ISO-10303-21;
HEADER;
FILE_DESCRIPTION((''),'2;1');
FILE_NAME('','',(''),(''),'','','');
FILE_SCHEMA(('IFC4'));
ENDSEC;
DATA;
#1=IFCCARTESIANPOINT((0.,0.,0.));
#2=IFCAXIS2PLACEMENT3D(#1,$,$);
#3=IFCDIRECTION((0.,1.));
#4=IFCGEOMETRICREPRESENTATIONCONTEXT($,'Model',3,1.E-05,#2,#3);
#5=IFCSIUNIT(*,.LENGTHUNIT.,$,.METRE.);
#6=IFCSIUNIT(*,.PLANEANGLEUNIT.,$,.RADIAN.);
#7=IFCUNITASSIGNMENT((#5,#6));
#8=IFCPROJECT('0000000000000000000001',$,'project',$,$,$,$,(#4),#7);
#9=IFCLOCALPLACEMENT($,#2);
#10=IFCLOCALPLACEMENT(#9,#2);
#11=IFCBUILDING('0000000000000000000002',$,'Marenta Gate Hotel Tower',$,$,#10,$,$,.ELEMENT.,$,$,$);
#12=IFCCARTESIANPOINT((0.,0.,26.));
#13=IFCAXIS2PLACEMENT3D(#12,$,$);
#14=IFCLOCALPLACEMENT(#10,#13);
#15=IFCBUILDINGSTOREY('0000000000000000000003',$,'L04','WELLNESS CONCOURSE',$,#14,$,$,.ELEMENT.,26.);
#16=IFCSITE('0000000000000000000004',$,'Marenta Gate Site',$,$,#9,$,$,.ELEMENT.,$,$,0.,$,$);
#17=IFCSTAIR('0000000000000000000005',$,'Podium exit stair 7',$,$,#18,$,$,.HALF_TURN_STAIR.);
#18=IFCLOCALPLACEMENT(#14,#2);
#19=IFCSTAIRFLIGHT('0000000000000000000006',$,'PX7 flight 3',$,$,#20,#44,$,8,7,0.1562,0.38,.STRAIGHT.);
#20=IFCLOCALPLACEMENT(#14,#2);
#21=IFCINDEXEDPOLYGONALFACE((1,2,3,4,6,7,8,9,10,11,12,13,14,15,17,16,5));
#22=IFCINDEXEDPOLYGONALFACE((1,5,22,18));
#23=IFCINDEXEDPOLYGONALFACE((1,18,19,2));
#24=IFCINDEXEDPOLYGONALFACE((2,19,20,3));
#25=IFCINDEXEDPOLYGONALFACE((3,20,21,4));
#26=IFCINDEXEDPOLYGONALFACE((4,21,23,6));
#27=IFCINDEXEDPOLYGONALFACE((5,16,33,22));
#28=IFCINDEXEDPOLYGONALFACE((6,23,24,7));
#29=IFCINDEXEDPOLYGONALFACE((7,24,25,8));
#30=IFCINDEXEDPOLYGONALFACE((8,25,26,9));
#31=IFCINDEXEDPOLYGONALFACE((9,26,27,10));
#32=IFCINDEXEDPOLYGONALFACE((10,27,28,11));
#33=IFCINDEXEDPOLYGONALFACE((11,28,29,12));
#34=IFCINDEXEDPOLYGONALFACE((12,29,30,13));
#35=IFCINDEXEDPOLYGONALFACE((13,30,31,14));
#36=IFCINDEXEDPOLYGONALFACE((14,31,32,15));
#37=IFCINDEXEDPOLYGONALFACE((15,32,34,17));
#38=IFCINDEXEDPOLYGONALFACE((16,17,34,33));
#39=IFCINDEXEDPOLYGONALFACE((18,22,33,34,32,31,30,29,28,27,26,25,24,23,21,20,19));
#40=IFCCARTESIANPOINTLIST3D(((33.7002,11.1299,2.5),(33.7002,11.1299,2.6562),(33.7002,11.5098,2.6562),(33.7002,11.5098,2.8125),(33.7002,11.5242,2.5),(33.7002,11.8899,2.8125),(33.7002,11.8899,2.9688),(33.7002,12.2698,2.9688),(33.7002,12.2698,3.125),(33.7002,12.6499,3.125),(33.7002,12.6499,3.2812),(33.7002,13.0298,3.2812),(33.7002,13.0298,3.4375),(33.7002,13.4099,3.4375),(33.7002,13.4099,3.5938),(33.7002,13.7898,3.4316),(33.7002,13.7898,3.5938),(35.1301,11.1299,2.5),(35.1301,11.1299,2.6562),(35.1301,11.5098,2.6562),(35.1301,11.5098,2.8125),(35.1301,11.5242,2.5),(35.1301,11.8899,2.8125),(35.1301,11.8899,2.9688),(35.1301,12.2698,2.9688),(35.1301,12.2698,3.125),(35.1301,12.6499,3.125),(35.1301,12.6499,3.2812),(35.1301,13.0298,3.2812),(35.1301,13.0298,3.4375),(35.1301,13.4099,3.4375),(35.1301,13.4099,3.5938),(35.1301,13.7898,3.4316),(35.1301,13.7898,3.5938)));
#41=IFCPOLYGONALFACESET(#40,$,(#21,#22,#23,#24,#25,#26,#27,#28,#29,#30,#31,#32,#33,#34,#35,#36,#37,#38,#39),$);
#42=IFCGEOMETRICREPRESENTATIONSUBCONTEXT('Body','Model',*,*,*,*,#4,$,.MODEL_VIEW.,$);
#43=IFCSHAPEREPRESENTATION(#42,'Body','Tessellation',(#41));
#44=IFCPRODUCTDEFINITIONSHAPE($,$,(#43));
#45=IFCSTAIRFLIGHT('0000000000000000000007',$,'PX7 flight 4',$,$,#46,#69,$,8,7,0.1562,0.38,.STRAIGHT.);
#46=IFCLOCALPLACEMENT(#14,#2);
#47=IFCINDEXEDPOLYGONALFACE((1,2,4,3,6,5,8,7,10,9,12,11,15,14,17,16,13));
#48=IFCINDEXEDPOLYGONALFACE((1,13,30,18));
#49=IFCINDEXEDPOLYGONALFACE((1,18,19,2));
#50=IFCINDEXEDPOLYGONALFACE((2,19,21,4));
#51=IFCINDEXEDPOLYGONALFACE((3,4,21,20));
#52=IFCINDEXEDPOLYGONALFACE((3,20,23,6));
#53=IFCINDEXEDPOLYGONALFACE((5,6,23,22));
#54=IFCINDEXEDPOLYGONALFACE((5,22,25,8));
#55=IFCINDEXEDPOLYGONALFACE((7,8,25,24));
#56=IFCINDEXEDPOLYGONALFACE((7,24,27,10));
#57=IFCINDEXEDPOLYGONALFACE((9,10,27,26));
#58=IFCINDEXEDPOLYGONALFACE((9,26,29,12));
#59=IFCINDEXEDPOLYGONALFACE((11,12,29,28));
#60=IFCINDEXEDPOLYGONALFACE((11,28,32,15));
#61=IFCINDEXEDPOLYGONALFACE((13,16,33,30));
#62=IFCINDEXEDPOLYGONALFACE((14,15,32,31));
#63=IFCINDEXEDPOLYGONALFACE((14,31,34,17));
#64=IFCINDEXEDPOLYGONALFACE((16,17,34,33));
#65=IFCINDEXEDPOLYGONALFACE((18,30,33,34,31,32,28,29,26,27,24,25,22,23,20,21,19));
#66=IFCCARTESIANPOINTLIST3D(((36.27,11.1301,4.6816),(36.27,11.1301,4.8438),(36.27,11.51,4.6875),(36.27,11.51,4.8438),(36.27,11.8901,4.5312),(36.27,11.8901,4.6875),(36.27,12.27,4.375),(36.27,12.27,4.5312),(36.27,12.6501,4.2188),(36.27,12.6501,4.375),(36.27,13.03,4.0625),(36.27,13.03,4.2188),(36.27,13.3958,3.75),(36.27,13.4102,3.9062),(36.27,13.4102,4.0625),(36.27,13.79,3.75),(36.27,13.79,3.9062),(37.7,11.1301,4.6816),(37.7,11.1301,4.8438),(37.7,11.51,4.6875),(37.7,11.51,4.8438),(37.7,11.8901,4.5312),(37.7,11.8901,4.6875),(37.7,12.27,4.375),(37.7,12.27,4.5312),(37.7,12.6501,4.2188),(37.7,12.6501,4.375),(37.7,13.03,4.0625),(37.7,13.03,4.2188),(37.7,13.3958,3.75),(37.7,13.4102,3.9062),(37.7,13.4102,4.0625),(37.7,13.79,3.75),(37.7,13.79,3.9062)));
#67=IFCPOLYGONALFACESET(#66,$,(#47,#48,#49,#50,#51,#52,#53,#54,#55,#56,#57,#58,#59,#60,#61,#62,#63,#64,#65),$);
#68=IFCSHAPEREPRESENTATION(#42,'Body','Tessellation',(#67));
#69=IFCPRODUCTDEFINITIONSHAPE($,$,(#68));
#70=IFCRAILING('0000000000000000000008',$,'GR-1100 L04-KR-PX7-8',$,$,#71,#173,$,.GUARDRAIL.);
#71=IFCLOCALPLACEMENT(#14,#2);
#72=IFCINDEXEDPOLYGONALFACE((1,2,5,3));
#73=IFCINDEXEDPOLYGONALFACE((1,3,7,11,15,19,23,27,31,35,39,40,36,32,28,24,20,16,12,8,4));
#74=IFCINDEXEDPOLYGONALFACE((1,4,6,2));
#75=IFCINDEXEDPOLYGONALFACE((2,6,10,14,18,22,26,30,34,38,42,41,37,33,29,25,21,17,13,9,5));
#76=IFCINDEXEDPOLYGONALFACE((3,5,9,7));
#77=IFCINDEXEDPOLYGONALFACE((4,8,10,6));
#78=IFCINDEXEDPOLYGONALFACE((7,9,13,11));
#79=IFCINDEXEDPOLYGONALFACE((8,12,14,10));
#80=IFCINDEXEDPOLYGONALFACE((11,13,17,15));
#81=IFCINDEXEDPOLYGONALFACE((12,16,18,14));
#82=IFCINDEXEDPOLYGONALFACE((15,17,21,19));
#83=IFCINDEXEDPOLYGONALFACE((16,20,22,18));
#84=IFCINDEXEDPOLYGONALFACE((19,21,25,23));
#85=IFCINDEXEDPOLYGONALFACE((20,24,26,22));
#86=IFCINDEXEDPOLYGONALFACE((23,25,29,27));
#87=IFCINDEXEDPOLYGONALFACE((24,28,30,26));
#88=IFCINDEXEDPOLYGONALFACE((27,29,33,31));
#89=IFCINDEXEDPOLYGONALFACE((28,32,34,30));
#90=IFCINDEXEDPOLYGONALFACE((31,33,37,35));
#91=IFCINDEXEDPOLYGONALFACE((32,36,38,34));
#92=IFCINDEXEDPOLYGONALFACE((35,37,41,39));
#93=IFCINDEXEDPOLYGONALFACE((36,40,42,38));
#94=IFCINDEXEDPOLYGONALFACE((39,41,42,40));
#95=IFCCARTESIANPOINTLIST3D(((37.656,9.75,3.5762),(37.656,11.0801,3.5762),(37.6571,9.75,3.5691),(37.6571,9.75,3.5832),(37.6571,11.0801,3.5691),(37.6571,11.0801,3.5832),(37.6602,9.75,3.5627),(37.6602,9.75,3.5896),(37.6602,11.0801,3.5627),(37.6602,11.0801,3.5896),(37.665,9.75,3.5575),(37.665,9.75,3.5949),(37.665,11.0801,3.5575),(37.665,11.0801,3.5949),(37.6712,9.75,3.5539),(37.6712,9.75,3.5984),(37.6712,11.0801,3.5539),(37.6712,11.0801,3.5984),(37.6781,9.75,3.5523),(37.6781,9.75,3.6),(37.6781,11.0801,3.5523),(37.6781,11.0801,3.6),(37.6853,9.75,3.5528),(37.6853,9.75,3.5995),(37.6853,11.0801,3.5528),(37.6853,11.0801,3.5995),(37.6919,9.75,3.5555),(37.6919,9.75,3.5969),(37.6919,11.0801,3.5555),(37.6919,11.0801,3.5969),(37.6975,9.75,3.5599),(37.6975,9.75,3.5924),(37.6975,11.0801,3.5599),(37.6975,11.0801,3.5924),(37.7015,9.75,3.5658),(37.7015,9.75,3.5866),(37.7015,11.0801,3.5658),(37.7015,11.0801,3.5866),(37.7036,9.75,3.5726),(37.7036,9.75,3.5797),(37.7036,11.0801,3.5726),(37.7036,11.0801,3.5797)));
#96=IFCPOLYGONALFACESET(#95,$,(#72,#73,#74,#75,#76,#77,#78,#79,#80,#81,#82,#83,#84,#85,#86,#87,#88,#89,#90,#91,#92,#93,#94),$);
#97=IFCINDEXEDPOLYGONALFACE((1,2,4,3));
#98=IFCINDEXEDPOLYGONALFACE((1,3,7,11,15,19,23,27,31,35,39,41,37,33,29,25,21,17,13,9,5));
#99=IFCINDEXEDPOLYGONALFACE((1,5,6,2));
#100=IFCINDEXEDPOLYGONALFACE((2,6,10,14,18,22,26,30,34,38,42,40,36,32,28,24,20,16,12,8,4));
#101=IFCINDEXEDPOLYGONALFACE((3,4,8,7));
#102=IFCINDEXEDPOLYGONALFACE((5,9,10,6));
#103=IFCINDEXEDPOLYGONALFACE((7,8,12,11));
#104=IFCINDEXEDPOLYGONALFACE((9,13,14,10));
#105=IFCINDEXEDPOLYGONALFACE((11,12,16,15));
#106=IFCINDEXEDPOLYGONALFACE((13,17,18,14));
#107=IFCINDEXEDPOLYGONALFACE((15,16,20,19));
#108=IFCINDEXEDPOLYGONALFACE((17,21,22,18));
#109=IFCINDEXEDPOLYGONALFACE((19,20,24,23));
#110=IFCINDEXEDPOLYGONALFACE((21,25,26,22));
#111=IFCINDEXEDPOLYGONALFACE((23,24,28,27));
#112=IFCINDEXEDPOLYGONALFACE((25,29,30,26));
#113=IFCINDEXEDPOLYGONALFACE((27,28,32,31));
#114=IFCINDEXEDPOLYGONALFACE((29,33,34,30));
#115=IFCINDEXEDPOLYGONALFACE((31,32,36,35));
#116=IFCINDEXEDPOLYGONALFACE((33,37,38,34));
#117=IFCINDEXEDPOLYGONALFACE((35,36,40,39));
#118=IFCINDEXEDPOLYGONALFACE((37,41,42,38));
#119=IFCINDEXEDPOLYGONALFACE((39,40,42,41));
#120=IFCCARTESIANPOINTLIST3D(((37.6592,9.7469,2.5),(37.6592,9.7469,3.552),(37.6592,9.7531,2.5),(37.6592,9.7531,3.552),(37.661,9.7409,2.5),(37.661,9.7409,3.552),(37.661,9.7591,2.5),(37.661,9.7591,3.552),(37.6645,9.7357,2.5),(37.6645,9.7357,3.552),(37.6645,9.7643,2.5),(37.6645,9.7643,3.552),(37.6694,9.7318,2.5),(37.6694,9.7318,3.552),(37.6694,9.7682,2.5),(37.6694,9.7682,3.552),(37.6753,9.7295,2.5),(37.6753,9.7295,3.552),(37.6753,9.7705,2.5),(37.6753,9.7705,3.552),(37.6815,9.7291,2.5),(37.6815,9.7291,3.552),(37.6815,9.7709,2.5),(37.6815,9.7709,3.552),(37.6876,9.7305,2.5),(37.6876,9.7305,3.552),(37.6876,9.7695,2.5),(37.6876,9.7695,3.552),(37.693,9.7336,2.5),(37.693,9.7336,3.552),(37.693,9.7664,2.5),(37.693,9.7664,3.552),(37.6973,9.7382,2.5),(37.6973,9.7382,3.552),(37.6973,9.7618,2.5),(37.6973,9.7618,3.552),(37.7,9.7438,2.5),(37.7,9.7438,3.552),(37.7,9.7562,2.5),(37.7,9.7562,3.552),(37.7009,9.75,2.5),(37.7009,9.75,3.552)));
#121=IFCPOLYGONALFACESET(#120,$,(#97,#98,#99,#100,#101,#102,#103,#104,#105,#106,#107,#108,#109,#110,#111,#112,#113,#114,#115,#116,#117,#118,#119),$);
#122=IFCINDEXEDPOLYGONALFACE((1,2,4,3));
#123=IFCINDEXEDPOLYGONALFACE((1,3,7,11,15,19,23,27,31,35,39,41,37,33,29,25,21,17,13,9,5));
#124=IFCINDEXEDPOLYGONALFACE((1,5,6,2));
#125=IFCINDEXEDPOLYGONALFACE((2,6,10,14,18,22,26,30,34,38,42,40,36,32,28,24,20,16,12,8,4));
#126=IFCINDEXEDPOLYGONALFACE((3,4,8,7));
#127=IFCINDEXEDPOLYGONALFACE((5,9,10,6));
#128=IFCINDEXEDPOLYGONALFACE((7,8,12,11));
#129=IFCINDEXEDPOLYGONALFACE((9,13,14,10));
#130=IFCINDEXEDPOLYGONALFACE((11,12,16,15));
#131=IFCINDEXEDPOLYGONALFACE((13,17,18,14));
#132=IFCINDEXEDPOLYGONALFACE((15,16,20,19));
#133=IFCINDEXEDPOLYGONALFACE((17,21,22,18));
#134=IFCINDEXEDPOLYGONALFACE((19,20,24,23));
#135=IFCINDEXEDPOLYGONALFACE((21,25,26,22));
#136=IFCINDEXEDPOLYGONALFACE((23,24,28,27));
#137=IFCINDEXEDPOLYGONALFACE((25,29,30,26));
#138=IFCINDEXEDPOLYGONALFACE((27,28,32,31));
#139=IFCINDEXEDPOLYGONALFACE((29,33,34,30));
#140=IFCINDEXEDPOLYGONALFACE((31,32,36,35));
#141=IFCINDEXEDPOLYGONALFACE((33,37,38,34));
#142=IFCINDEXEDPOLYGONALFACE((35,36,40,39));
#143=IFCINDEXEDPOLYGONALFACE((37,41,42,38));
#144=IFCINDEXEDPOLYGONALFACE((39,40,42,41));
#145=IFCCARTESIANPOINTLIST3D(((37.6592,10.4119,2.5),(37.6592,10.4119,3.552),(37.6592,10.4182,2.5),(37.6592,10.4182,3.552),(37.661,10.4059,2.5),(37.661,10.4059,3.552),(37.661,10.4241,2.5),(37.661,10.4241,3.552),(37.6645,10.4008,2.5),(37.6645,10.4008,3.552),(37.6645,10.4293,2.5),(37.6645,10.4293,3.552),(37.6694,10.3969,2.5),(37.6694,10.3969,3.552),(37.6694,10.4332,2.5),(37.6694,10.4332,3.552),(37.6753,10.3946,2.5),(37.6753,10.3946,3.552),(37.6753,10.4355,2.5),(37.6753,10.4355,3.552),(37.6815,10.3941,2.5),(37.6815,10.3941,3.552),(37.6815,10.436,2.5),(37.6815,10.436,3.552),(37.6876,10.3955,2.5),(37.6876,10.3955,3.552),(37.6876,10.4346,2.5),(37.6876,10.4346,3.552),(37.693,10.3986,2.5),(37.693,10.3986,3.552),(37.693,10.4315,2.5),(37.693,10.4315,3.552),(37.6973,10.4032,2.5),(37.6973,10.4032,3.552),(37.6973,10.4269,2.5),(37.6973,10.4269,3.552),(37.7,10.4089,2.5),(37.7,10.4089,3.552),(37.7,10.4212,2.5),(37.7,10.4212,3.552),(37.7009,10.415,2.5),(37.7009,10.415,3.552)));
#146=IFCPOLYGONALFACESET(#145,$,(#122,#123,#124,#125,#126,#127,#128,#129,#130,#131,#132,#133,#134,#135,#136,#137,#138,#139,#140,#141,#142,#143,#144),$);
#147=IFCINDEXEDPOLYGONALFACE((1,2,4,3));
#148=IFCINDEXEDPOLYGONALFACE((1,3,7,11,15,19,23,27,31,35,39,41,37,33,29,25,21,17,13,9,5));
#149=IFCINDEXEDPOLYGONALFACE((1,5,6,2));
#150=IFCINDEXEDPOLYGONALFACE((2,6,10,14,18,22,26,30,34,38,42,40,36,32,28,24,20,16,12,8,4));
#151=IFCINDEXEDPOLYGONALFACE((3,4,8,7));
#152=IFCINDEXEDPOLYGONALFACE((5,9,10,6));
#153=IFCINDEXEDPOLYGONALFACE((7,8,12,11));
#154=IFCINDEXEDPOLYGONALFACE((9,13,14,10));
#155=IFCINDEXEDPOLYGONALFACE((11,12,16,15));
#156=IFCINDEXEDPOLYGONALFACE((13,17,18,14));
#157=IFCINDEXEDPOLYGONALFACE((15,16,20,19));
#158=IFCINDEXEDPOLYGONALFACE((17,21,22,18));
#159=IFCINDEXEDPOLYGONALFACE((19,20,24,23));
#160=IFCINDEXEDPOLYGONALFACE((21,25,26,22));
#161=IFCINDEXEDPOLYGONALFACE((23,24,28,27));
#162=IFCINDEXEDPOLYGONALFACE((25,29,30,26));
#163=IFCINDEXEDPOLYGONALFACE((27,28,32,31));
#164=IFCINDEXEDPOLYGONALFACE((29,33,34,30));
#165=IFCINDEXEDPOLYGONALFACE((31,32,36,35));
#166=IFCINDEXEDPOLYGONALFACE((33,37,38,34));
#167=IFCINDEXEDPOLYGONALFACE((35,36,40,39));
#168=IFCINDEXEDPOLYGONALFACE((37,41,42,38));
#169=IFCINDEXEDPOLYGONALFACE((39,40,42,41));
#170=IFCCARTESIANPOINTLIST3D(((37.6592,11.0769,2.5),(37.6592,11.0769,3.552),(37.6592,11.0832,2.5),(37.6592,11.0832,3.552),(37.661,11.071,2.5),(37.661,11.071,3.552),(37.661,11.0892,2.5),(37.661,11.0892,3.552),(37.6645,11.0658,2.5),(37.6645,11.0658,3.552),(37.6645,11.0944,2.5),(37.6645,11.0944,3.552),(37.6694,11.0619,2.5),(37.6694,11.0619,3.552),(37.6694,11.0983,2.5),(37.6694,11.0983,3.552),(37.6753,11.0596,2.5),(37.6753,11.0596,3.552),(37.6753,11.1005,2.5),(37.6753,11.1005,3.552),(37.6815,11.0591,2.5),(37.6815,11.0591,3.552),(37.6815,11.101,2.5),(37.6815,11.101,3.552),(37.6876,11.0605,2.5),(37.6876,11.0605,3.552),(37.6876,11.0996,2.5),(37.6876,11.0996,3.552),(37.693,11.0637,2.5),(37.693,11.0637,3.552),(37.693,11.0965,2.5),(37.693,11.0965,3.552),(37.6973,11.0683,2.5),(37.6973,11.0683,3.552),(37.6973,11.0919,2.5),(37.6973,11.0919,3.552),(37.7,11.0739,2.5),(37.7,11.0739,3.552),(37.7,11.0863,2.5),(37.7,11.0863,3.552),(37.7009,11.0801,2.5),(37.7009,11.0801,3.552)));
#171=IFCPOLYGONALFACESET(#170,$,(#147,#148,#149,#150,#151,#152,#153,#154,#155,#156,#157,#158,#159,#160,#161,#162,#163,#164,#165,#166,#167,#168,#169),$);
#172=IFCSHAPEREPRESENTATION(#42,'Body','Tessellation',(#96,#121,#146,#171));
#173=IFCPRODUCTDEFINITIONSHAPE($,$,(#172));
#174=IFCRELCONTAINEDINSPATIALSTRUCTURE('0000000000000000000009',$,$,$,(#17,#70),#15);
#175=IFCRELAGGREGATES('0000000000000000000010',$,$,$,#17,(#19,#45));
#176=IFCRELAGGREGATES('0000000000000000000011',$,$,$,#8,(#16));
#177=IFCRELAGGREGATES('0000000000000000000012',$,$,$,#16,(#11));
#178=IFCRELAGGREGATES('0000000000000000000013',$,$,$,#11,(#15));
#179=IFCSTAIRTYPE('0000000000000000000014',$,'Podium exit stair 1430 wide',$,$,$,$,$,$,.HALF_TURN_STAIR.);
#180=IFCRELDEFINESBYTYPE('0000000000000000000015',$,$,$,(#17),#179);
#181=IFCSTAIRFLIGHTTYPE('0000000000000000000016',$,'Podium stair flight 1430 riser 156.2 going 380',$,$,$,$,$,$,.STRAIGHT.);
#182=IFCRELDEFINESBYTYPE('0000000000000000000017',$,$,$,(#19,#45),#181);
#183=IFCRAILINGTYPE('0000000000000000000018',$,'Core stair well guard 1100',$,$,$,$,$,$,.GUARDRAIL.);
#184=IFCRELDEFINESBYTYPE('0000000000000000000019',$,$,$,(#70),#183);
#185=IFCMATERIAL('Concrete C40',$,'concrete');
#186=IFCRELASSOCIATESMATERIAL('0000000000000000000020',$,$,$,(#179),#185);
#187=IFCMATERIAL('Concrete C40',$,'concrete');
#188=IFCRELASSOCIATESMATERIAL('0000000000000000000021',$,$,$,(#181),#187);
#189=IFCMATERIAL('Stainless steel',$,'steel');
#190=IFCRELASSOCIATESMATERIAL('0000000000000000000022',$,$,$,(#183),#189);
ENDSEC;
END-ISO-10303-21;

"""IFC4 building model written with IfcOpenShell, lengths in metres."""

from ifc_helpers import new_model, si_unit, direction, frame, origin, origin_2d, place, context, subcontext, project, spatial, polyline, circle, outline, extrude, material, type_object, element, aggregate, save


model = new_model("IFC4")

# Units and contexts
model_context = context("Model", 3, precision=1e-05, world=origin(), true_north=direction((0.0, 1.0)))
body_context = subcontext(model_context, "Body", "Model", "MODEL_VIEW")
ifc_project = project(units=[si_unit("LENGTHUNIT", "METRE"), si_unit("PLANEANGLEUNIT", "RADIAN")], contexts=[model_context])

# Site, building, storey
site_placement = place(None, origin())
site = spatial("IfcSite", under=ifc_project, at=site_placement, Name="Marenta Gate Site", CompositionType="ELEMENT", RefElevation=0.0)
building_placement = place(site_placement, origin())
building = spatial("IfcBuilding", under=site, at=building_placement, Name="Marenta Gate Hotel Tower", CompositionType="ELEMENT")
storey_placement = place(building_placement, frame((0.0, 0.0, 26.0)))
storey = spatial("IfcBuildingStorey", under=building, at=storey_placement, Name="L04", Description="WELLNESS CONCOURSE", CompositionType="ELEMENT", Elevation=26.0)

# Stair, stair flights
ifc_material_1 = material(Name="Concrete C40", Category="concrete")
stair_type = type_object("IfcStairType", Name="Podium exit stair 1430 wide", PredefinedType="HALF_TURN_STAIR", material=ifc_material_1)
stair_placement = place(storey_placement, origin())
stair = element("IfcStair", 1, at=stair_placement, inside=storey, type_object=stair_type, Name="Podium exit stair 7", PredefinedType="HALF_TURN_STAIR")
ifc_material_2 = material(Name="Concrete C40", Category="concrete")
stair_flight_type = type_object("IfcStairFlightType", Name="Podium stair flight 1430 riser 156.2 going 380", PredefinedType="STRAIGHT", material=ifc_material_2)
stair_flight_1_placement = place(storey_placement, frame((34.415, 11.1299, 2.5), z_axis=(0.0, 0.0, 1.0), x_axis=(0.0, 1.0, 0.0)))
stair_flight_1 = element("IfcStairFlight", 2, at=stair_flight_1_placement, type_object=stair_flight_type, Name="PX7 flight 3", NumberOfRisers=8, NumberOfTreads=7, PredefinedType="STRAIGHT", RiserHeight=0.1562, TreadLength=0.38, context=body_context, shape_type="SweptSolid", body=[
    extrude(outline(polyline([(0.0, 0.0), (0.0, 0.1562), (0.3799, 0.1562), (0.3799, 0.3125), (0.76, 0.3125), (0.76, 0.4688), (1.1399, 0.4688), (1.1399, 0.625), (1.52, 0.625), (1.52, 0.7812), (1.8999, 0.7812), (1.8999, 0.9375), (2.28, 0.9375), (2.28, 1.0938), (2.6599, 1.0938), (2.6599, 1.25), (2.6599, 0.9316), (0.3943, 0.0), (0.0, 0.0)])), frame((0.0, 0.7148, 0.0), z_axis=(0.0, -1.0, 0.0), x_axis=(1.0, 0.0, 0.0)), (0.0, 0.0, 1.0), 1.4299),
])
stair_flight_2_placement = place(storey_placement, frame((36.9851, 13.79, 3.75), z_axis=(0.0, 0.0, 1.0), x_axis=(0.0, -1.0, 0.0)))
stair_flight_2 = element("IfcStairFlight", 3, at=stair_flight_2_placement, type_object=stair_flight_type, Name="PX7 flight 4", NumberOfRisers=8, NumberOfTreads=7, PredefinedType="STRAIGHT", RiserHeight=0.1562, TreadLength=0.38, context=body_context, shape_type="SweptSolid", body=[
    extrude(outline(polyline([(0.0, 0.0), (0.0, 0.1562), (0.3799, 0.1562), (0.3799, 0.3125), (0.76, 0.3125), (0.76, 0.4688), (1.1399, 0.4688), (1.1399, 0.625), (1.52, 0.625), (1.52, 0.7812), (1.8999, 0.7812), (1.8999, 0.9375), (2.28, 0.9375), (2.28, 1.0938), (2.6599, 1.0938), (2.6599, 1.25), (2.6599, 0.9316), (0.3943, 0.0), (0.0, 0.0)])), frame((0.0, 0.7148, 0.0), z_axis=(0.0, -1.0, 0.0), x_axis=(1.0, 0.0, 0.0)), (0.0, 0.0, 1.0), 1.4299),
])
aggregate(stair, [stair_flight_1, stair_flight_2])

# Railing
ifc_material_3 = material(Name="Stainless steel", Category="steel")
railing_type_1 = type_object("IfcRailingType", Name="Core stair well guard 1100", PredefinedType="GUARDRAIL", material=ifc_material_3)
railing_1_placement = place(storey_placement, frame((37.6799, 9.75, 2.5)))
element("IfcRailing", 4, at=railing_1_placement, inside=storey, type_object=railing_type_1, Name="GR-1100 L04-KR-PX7-8", PredefinedType="GUARDRAIL", context=body_context, shape_type="SweptSolid", body=[
    extrude(circle(Radius=0.0239, at=origin_2d()), frame((0.0, 0.0, 1.0762), z_axis=(0.0, 1.0, 0.0), x_axis=(-1.0, 0.0, 0.0)), (0.0, 0.0, 1.0), 1.3301),
    extrude(circle(Radius=0.021, at=origin_2d()), origin(), (0.0, 0.0, 1.0), 1.052),
    extrude(circle(Radius=0.021, at=origin_2d()), frame((0.0, 0.665, 0.0)), (0.0, 0.0, 1.0), 1.052),
    extrude(circle(Radius=0.021, at=origin_2d()), frame((0.0, 1.3301, 0.0)), (0.0, 0.0, 1.0), 1.052),
])

save(model, "model.ifc")
